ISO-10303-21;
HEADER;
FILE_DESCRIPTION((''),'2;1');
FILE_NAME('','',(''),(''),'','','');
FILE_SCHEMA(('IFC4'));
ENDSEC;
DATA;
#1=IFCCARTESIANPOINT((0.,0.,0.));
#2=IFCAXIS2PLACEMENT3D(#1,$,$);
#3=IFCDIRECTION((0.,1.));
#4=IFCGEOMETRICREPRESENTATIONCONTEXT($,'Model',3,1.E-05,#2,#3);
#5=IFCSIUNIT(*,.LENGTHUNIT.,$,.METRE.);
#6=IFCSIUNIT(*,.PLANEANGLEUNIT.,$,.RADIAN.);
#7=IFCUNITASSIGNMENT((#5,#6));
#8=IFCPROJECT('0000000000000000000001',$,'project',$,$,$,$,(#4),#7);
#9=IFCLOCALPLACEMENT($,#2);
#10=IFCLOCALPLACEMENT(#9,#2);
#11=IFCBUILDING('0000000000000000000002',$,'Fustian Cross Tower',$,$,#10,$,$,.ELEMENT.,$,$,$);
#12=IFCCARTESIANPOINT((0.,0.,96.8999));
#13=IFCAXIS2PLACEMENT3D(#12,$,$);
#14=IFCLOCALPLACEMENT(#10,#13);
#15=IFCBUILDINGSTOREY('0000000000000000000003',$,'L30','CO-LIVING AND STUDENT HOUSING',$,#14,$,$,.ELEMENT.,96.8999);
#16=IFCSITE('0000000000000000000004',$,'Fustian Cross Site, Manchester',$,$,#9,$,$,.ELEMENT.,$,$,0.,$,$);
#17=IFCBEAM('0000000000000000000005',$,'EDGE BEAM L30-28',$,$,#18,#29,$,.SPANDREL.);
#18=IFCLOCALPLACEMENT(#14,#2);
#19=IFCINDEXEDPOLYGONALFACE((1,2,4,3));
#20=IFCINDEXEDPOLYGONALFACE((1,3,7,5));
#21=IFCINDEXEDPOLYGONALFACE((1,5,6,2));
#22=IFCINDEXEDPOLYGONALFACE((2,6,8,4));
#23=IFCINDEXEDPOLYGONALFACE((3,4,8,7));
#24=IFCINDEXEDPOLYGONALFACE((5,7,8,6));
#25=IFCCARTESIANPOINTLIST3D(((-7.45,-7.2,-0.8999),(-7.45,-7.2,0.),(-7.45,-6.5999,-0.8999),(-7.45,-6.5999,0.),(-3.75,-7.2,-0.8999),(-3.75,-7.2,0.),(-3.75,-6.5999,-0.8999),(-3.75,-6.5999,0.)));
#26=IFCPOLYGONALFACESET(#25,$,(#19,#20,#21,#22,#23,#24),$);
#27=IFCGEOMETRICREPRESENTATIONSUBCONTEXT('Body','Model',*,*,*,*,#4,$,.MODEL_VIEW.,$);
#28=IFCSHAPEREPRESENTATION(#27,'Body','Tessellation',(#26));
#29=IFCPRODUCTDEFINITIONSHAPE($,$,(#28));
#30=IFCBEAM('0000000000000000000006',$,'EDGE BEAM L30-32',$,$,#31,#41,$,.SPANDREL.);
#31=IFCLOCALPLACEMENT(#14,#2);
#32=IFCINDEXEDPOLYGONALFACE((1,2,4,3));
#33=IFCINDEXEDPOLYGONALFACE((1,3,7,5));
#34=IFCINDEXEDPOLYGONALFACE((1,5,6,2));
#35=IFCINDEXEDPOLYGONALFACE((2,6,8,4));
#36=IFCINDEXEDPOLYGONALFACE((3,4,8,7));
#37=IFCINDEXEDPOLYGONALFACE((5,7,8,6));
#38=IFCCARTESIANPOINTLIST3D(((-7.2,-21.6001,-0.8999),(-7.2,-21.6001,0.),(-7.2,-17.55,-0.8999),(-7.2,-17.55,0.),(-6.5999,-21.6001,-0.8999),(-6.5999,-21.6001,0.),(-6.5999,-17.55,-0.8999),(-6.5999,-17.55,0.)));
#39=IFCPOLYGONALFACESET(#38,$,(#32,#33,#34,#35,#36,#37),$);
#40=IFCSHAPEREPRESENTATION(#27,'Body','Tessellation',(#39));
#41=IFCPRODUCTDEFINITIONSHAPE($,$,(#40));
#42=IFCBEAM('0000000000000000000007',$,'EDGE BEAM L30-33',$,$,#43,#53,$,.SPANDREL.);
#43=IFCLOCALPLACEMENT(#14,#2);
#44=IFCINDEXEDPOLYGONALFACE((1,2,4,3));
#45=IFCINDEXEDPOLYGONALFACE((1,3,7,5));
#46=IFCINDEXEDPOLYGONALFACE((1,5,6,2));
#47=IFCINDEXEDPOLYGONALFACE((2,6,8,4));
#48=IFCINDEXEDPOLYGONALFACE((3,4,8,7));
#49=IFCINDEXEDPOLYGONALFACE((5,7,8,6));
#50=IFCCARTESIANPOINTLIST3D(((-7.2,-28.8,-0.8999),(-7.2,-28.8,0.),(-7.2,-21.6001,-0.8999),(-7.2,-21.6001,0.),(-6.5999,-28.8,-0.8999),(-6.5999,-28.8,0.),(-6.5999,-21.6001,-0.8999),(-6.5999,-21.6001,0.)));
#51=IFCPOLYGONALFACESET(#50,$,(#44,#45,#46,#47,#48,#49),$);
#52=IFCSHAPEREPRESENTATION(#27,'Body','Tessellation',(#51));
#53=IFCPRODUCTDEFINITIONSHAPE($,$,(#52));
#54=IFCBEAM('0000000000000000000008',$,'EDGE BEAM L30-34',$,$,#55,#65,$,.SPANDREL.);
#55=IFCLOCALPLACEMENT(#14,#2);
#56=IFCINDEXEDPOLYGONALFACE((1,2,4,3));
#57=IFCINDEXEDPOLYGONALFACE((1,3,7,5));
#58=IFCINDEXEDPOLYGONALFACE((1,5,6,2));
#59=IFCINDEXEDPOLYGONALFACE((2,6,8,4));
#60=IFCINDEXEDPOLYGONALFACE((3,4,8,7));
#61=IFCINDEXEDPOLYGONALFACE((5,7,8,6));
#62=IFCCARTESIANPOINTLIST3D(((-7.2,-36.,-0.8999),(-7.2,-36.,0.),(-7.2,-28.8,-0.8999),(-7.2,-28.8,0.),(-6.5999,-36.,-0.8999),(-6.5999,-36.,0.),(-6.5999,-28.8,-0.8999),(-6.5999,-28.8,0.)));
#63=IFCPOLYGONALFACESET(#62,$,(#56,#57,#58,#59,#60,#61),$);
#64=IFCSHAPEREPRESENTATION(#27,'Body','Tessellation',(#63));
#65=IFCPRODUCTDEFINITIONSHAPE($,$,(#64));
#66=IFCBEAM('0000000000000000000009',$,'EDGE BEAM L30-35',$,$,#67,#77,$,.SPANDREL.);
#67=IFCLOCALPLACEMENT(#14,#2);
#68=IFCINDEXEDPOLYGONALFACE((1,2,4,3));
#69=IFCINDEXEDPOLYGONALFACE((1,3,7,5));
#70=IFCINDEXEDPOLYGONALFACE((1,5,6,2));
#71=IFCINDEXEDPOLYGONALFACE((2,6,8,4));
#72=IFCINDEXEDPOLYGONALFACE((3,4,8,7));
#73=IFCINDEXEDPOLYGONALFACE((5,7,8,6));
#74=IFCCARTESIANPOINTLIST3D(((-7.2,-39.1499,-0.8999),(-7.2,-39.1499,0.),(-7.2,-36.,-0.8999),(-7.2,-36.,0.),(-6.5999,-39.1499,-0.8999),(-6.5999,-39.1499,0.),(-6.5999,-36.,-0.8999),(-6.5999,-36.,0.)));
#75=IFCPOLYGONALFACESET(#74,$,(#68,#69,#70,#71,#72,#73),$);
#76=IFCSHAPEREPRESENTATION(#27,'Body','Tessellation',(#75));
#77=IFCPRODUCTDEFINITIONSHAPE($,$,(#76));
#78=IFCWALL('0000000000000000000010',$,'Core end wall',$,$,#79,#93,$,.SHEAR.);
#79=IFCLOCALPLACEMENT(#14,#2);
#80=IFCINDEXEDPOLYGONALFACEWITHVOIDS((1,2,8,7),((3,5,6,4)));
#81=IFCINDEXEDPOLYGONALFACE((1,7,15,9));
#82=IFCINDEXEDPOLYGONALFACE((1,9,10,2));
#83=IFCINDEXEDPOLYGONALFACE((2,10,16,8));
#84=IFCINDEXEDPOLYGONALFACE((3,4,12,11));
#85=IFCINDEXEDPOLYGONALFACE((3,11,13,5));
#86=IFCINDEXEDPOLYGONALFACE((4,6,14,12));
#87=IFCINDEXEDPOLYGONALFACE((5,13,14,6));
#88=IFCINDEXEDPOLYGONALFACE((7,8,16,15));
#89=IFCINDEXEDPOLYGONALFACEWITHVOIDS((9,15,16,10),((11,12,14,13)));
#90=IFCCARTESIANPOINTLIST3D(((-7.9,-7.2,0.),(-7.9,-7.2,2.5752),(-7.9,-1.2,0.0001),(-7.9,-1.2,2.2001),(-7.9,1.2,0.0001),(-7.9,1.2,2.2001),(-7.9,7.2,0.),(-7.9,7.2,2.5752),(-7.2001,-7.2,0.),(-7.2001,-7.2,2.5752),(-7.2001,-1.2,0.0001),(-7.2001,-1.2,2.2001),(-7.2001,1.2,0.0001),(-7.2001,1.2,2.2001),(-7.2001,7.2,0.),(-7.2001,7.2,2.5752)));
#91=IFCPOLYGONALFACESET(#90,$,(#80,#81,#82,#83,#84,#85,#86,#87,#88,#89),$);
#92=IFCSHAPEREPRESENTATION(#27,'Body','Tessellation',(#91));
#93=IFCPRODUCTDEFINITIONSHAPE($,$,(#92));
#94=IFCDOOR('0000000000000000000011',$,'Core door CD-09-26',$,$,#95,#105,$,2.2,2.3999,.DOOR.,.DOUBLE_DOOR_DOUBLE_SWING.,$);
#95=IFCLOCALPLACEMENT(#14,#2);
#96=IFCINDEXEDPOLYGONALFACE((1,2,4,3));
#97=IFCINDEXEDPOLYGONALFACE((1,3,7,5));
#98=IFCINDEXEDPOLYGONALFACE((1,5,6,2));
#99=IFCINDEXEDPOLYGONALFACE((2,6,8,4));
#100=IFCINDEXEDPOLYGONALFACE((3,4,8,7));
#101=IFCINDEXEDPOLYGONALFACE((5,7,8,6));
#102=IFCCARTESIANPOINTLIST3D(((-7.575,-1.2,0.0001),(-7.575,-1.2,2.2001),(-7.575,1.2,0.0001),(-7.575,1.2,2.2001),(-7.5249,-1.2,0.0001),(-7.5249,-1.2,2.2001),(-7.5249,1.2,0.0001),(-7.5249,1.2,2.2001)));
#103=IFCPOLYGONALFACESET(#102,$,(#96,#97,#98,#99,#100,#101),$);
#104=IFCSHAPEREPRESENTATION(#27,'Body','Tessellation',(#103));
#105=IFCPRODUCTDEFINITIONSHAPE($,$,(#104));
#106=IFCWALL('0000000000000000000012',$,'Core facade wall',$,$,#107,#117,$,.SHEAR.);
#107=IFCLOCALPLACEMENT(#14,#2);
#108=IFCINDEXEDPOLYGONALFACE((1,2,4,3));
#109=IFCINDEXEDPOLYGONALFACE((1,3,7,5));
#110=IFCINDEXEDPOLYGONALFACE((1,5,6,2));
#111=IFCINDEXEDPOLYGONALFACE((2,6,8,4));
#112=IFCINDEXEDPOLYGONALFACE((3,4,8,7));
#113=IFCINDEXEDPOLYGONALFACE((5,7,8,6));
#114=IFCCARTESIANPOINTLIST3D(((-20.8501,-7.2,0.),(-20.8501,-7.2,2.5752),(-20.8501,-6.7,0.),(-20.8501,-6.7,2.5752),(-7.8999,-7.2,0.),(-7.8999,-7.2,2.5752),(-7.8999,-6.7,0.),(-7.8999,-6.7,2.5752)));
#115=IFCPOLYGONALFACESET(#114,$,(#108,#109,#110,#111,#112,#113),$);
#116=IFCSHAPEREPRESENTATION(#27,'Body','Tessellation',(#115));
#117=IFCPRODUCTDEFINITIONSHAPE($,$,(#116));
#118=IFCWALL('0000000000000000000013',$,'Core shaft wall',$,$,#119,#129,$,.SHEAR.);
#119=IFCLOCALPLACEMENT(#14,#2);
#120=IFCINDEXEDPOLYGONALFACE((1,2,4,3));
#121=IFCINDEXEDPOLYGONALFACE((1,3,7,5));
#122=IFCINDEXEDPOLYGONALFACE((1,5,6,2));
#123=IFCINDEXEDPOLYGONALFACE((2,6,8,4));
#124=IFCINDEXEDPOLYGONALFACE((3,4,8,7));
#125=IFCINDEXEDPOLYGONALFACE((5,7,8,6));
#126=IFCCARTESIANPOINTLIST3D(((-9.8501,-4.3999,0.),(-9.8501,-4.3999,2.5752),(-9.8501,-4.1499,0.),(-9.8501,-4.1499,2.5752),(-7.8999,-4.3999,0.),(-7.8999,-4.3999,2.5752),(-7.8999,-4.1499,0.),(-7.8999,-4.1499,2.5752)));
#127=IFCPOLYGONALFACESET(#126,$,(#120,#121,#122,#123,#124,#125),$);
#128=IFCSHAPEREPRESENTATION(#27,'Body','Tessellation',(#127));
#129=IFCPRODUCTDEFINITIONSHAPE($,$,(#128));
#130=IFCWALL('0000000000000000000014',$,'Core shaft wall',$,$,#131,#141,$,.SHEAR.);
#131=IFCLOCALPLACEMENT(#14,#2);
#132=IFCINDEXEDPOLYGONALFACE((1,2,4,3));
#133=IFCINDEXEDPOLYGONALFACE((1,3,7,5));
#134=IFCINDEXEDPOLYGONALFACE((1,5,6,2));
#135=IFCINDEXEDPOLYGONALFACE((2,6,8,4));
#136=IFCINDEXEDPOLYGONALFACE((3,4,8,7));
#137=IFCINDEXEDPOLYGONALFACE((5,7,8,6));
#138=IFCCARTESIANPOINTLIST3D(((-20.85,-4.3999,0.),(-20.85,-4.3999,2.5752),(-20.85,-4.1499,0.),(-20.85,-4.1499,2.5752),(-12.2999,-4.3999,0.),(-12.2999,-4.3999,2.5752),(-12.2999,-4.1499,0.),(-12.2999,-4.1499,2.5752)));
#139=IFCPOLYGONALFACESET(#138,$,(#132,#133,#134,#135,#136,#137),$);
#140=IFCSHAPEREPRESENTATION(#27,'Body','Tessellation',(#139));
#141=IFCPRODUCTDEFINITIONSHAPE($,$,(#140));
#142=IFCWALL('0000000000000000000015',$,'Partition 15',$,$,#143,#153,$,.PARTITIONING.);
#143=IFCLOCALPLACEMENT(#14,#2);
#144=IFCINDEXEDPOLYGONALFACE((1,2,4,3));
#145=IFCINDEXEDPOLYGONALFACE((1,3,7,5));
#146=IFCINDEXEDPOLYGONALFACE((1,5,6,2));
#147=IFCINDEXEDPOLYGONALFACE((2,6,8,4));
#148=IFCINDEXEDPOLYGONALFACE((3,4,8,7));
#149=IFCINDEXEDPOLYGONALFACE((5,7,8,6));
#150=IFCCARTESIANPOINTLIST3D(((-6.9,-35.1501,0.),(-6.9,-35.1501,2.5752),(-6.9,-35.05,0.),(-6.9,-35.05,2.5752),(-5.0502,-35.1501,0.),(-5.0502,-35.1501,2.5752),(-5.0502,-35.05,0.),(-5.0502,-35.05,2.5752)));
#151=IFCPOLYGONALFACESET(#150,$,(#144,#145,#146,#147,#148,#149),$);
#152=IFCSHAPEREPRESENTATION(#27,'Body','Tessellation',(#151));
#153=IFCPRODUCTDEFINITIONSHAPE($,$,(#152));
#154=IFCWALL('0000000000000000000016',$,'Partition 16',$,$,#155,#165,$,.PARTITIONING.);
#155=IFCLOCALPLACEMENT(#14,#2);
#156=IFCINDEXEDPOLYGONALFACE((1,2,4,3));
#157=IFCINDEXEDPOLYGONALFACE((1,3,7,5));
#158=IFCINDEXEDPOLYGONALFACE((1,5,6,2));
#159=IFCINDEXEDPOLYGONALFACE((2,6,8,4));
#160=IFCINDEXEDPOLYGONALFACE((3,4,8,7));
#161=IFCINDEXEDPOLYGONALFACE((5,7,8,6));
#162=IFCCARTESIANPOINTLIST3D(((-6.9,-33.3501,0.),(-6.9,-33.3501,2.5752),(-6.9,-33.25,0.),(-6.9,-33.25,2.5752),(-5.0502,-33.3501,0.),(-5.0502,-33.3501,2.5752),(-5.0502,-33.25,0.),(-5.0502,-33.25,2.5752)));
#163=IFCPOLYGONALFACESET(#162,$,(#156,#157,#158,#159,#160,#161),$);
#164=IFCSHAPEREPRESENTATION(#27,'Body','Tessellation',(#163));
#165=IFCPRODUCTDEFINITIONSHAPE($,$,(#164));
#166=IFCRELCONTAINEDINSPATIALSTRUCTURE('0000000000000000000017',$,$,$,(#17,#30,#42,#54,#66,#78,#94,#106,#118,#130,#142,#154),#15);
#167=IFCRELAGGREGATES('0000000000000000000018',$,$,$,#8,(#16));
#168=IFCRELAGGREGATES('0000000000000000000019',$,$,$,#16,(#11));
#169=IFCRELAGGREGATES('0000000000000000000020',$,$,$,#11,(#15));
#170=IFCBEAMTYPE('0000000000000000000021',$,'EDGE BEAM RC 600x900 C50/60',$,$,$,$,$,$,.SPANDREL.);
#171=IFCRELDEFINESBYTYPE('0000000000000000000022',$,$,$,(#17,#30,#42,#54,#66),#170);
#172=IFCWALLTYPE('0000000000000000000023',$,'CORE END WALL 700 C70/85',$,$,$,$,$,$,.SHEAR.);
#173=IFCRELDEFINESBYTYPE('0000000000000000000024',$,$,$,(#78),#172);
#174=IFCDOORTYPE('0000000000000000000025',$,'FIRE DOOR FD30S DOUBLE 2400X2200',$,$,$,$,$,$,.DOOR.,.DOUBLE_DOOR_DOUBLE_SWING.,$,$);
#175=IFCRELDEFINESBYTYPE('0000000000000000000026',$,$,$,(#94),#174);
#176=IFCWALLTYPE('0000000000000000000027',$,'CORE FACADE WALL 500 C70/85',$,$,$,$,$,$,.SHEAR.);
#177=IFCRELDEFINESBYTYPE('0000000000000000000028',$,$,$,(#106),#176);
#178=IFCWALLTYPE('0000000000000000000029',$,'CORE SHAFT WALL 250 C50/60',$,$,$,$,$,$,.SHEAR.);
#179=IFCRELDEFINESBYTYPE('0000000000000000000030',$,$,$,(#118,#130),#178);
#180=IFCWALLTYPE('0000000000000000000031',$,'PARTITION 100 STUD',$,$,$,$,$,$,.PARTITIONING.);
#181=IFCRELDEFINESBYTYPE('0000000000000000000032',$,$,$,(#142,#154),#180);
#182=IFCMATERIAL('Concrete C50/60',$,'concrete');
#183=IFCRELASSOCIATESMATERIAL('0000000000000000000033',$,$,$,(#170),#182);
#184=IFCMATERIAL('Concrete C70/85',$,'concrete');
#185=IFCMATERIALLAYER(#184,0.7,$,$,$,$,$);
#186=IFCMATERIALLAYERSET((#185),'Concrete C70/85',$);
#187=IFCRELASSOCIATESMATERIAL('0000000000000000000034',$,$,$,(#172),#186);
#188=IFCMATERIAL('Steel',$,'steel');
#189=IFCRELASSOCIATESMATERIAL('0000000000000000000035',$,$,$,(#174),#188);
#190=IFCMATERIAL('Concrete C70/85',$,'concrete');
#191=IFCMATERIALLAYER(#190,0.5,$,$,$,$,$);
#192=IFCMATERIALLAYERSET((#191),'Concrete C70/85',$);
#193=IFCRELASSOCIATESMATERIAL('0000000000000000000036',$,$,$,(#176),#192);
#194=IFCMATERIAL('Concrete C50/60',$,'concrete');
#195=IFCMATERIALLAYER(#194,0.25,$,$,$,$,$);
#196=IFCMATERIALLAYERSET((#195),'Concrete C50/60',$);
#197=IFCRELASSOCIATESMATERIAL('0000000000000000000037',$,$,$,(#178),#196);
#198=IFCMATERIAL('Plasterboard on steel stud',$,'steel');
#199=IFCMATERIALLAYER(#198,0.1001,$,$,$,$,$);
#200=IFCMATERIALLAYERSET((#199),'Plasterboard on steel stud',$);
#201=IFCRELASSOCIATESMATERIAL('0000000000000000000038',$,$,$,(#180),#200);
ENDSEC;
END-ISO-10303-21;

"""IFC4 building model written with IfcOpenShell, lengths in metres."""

from ifc_helpers import new_model, si_unit, direction, frame, frame_2d, origin, origin_2d, place, context, subcontext, project, spatial, rectangle, extrude, material, layer, layer_set, material_profile, profile_set, type_object, element, fill, save


model = new_model("IFC4")

# Units and contexts
model_context = context("Model", 3, precision=1e-05, world=origin(), true_north=direction((0.0, 1.0)))
body_context = subcontext(model_context, "Body", "Model", "MODEL_VIEW")
ifc_project = project(units=[si_unit("LENGTHUNIT", "METRE"), si_unit("PLANEANGLEUNIT", "RADIAN")], contexts=[model_context])

# Site, building, storey
site_placement = place(None, origin())
site = spatial("IfcSite", under=ifc_project, at=site_placement, Name="Fustian Cross Site, Manchester", CompositionType="ELEMENT", RefElevation=0.0)
building_placement = place(site_placement, origin())
building = spatial("IfcBuilding", under=site, at=building_placement, Name="Fustian Cross Tower", CompositionType="ELEMENT")
storey_placement = place(building_placement, frame((0.0, 0.0, 96.8999)))
storey = spatial("IfcBuildingStorey", under=building, at=storey_placement, Name="L30", Description="CO-LIVING AND STUDENT HOUSING", CompositionType="ELEMENT", Elevation=96.8999)

# Beams
ifc_material_1 = material(Name="Concrete C50/60", Category="concrete")
ifc_material_profile = material_profile(ifc_material_1, rectangle(XDim=0.6001, YDim=0.8999, at=origin_2d()), Name="RC 600x900")
ifc_profile_set = profile_set([ifc_material_profile], Name="Concrete C50/60")
beam_type = type_object("IfcBeamType", Name="EDGE BEAM RC 600x900 C50/60", PredefinedType="SPANDREL", material=ifc_profile_set)
beam_1_placement = place(storey_placement, frame((-7.45, -6.8999, -0.45), z_axis=(1.0, 0.0, 0.0), x_axis=(0.0, 1.0, 0.0)))
element("IfcBeam", 1, at=beam_1_placement, inside=storey, type_object=beam_type, Name="EDGE BEAM L30-28", PredefinedType="SPANDREL", context=body_context, shape_type="SweptSolid", body=[
    extrude(rectangle(XDim=0.6001, YDim=0.8999, at=origin_2d()), origin(), (0.0, 0.0, 1.0), 3.7),
])
beam_2_placement = place(storey_placement, frame((-6.8999, -17.55, -0.45), z_axis=(0.0, -1.0, 0.0), x_axis=(1.0, 0.0, 0.0)))
element("IfcBeam", 2, at=beam_2_placement, inside=storey, type_object=beam_type, Name="EDGE BEAM L30-32", PredefinedType="SPANDREL", context=body_context, shape_type="SweptSolid", body=[
    extrude(rectangle(XDim=0.6001, YDim=0.8999, at=origin_2d()), origin(), (0.0, 0.0, 1.0), 4.05),
])
for number, where, z_axis, x_axis, name in (
    (3, (-6.8999, -21.6001, -0.45), (0.0, -1.0, 0.0), (1.0, 0.0, 0.0), "EDGE BEAM L30-33"),
    (4, (-6.8999, -28.8, -0.45), (0.0, -1.0, 0.0), (1.0, 0.0, 0.0), "EDGE BEAM L30-34"),
):
    element("IfcBeam", number, at=place(storey_placement, frame(where, z_axis=z_axis, x_axis=x_axis)), inside=storey, type_object=beam_type, Name=name, PredefinedType="SPANDREL", context=body_context, shape_type="SweptSolid", body=[
        extrude(rectangle(XDim=0.6001, YDim=0.8999, at=origin_2d()), origin(), (0.0, 0.0, 1.0), 7.2),
    ])
beam_3_placement = place(storey_placement, frame((-6.8999, -36.0, -0.45), z_axis=(0.0, -1.0, 0.0), x_axis=(1.0, 0.0, 0.0)))
element("IfcBeam", 5, at=beam_3_placement, inside=storey, type_object=beam_type, Name="EDGE BEAM L30-35", PredefinedType="SPANDREL", context=body_context, shape_type="SweptSolid", body=[
    extrude(rectangle(XDim=0.6001, YDim=0.8999, at=origin_2d()), origin(), (0.0, 0.0, 1.0), 3.1499),
])

# Wall, opening, door
ifc_material_2 = material(Name="Concrete C70/85", Category="concrete")
ifc_layer_1 = layer(ifc_material_2, 0.7)
ifc_layer_set_1 = layer_set([ifc_layer_1], Name="Concrete C70/85")
wall_type_1 = type_object("IfcWallType", Name="CORE END WALL 700 C70/85", PredefinedType="SHEAR", material=ifc_layer_set_1)
wall_1_placement = place(storey_placement, frame((-7.55, -7.2, 0.0), z_axis=(0.0, 0.0, 1.0), x_axis=(0.0, 1.0, 0.0)))
wall_1 = element("IfcWall", 6, at=wall_1_placement, inside=storey, type_object=wall_type_1, Name="Core end wall", PredefinedType="SHEAR", context=body_context, shape_type="SweptSolid", body=[
    extrude(rectangle(XDim=14.3999, YDim=0.7, at=frame_2d((7.2, 0.0))), origin(), (0.0, 0.0, 1.0), 2.5752),
])
opening_1_placement = place(wall_1_placement, frame((6.0, 0.0, 0.0)))
opening_1 = element("IfcOpeningElement", 7, at=opening_1_placement, cuts=wall_1, PredefinedType="OPENING", context=body_context, shape_type="SweptSolid", body=[
    extrude(rectangle(XDim=2.3999, YDim=2.2, at=frame_2d((1.2, 1.1001))), frame((0.0, 0.3599, 0.0), z_axis=(0.0, -1.0, 0.0), x_axis=(1.0, 0.0, 0.0)), (0.0, 0.0, 1.0), 0.72),
])
ifc_material_3 = material(Name="Steel", Category="steel")
door_type_1 = type_object("IfcDoorType", Name="FIRE DOOR FD30S DOUBLE 2400X2200", OperationType="DOUBLE_DOOR_DOUBLE_SWING", PredefinedType="DOOR", material=ifc_material_3)
door_1_placement = place(opening_1_placement, origin())
door_1 = element("IfcDoor", 8, at=door_1_placement, inside=storey, type_object=door_type_1, Name="Core door CD-09-26", OperationType="DOUBLE_DOOR_DOUBLE_SWING", OverallHeight=2.2, OverallWidth=2.3999, PredefinedType="DOOR", context=body_context, shape_type="SweptSolid", body=[
    extrude(rectangle(XDim=2.3999, YDim=2.2, at=frame_2d((1.2, 1.1001))), frame((0.0, 0.0249, 0.0), z_axis=(0.0, -1.0, 0.0), x_axis=(1.0, 0.0, 0.0)), (0.0, 0.0, 1.0), 0.05),
])
fill(opening_1, door_1)

# Walls
ifc_material_4 = material(Name="Concrete C70/85", Category="concrete")
ifc_layer_2 = layer(ifc_material_4, 0.5)
ifc_layer_set_2 = layer_set([ifc_layer_2], Name="Concrete C70/85")
wall_type_2 = type_object("IfcWallType", Name="CORE FACADE WALL 500 C70/85", PredefinedType="SHEAR", material=ifc_layer_set_2)
wall_2_placement = place(storey_placement, frame((-7.8999, -6.95, 0.0), z_axis=(0.0, 0.0, 1.0), x_axis=(-1.0, 0.0, 0.0)))
element("IfcWall", 9, at=wall_2_placement, inside=storey, type_object=wall_type_2, Name="Core facade wall", PredefinedType="SHEAR", context=body_context, shape_type="SweptSolid", body=[
    extrude(rectangle(XDim=12.9502, YDim=0.5, at=frame_2d((6.4751, 0.0))), origin(), (0.0, 0.0, 1.0), 2.5752),
])
ifc_material_5 = material(Name="Concrete C50/60", Category="concrete")
ifc_layer_3 = layer(ifc_material_5, 0.25)
ifc_layer_set_3 = layer_set([ifc_layer_3], Name="Concrete C50/60")
wall_type_3 = type_object("IfcWallType", Name="CORE SHAFT WALL 250 C50/60", PredefinedType="SHEAR", material=ifc_layer_set_3)
wall_3_placement = place(storey_placement, frame((-7.8999, -4.2749, 0.0), z_axis=(0.0, 0.0, 1.0), x_axis=(-1.0, 0.0, 0.0)))
element("IfcWall", 10, at=wall_3_placement, inside=storey, type_object=wall_type_3, Name="Core shaft wall", PredefinedType="SHEAR", context=body_context, shape_type="SweptSolid", body=[
    extrude(rectangle(XDim=1.9502, YDim=0.25, at=frame_2d((0.9751, 0.0))), origin(), (0.0, 0.0, 1.0), 2.5752),
])
wall_4_placement = place(storey_placement, frame((-12.3, -4.2749, 0.0), z_axis=(0.0, 0.0, 1.0), x_axis=(-1.0, 0.0, 0.0)))
element("IfcWall", 11, at=wall_4_placement, inside=storey, type_object=wall_type_3, Name="Core shaft wall", PredefinedType="SHEAR", context=body_context, shape_type="SweptSolid", body=[
    extrude(rectangle(XDim=8.55, YDim=0.25, at=frame_2d((4.2749, 0.0))), origin(), (0.0, 0.0, 1.0), 2.5752),
])
ifc_material_6 = material(Name="Plasterboard on steel stud", Category="steel")
ifc_layer_4 = layer(ifc_material_6, 0.1001)
ifc_layer_set_4 = layer_set([ifc_layer_4], Name="Plasterboard on steel stud")
wall_type_4 = type_object("IfcWallType", Name="PARTITION 100 STUD", PredefinedType="PARTITIONING", material=ifc_layer_set_4)
for number, where, z_axis, x_axis, name in (
    (12, (-6.8999, -35.1001, 0.0), (0.0, 0.0, 1.0), (1.0, 0.0, 0.0), "Partition 15"),
    (13, (-6.8999, -33.3, 0.0), (0.0, 0.0, 1.0), (1.0, 0.0, 0.0), "Partition 16"),
):
    element("IfcWall", number, at=place(storey_placement, frame(where, z_axis=z_axis, x_axis=x_axis)), inside=storey, type_object=wall_type_4, Name=name, PredefinedType="PARTITIONING", context=body_context, shape_type="SweptSolid", body=[
        extrude(rectangle(XDim=1.8499, YDim=0.1001, at=frame_2d((0.9248, 0.0))), origin(), (0.0, 0.0, 1.0), 2.5752),
    ])

save(model, "model.ifc")
